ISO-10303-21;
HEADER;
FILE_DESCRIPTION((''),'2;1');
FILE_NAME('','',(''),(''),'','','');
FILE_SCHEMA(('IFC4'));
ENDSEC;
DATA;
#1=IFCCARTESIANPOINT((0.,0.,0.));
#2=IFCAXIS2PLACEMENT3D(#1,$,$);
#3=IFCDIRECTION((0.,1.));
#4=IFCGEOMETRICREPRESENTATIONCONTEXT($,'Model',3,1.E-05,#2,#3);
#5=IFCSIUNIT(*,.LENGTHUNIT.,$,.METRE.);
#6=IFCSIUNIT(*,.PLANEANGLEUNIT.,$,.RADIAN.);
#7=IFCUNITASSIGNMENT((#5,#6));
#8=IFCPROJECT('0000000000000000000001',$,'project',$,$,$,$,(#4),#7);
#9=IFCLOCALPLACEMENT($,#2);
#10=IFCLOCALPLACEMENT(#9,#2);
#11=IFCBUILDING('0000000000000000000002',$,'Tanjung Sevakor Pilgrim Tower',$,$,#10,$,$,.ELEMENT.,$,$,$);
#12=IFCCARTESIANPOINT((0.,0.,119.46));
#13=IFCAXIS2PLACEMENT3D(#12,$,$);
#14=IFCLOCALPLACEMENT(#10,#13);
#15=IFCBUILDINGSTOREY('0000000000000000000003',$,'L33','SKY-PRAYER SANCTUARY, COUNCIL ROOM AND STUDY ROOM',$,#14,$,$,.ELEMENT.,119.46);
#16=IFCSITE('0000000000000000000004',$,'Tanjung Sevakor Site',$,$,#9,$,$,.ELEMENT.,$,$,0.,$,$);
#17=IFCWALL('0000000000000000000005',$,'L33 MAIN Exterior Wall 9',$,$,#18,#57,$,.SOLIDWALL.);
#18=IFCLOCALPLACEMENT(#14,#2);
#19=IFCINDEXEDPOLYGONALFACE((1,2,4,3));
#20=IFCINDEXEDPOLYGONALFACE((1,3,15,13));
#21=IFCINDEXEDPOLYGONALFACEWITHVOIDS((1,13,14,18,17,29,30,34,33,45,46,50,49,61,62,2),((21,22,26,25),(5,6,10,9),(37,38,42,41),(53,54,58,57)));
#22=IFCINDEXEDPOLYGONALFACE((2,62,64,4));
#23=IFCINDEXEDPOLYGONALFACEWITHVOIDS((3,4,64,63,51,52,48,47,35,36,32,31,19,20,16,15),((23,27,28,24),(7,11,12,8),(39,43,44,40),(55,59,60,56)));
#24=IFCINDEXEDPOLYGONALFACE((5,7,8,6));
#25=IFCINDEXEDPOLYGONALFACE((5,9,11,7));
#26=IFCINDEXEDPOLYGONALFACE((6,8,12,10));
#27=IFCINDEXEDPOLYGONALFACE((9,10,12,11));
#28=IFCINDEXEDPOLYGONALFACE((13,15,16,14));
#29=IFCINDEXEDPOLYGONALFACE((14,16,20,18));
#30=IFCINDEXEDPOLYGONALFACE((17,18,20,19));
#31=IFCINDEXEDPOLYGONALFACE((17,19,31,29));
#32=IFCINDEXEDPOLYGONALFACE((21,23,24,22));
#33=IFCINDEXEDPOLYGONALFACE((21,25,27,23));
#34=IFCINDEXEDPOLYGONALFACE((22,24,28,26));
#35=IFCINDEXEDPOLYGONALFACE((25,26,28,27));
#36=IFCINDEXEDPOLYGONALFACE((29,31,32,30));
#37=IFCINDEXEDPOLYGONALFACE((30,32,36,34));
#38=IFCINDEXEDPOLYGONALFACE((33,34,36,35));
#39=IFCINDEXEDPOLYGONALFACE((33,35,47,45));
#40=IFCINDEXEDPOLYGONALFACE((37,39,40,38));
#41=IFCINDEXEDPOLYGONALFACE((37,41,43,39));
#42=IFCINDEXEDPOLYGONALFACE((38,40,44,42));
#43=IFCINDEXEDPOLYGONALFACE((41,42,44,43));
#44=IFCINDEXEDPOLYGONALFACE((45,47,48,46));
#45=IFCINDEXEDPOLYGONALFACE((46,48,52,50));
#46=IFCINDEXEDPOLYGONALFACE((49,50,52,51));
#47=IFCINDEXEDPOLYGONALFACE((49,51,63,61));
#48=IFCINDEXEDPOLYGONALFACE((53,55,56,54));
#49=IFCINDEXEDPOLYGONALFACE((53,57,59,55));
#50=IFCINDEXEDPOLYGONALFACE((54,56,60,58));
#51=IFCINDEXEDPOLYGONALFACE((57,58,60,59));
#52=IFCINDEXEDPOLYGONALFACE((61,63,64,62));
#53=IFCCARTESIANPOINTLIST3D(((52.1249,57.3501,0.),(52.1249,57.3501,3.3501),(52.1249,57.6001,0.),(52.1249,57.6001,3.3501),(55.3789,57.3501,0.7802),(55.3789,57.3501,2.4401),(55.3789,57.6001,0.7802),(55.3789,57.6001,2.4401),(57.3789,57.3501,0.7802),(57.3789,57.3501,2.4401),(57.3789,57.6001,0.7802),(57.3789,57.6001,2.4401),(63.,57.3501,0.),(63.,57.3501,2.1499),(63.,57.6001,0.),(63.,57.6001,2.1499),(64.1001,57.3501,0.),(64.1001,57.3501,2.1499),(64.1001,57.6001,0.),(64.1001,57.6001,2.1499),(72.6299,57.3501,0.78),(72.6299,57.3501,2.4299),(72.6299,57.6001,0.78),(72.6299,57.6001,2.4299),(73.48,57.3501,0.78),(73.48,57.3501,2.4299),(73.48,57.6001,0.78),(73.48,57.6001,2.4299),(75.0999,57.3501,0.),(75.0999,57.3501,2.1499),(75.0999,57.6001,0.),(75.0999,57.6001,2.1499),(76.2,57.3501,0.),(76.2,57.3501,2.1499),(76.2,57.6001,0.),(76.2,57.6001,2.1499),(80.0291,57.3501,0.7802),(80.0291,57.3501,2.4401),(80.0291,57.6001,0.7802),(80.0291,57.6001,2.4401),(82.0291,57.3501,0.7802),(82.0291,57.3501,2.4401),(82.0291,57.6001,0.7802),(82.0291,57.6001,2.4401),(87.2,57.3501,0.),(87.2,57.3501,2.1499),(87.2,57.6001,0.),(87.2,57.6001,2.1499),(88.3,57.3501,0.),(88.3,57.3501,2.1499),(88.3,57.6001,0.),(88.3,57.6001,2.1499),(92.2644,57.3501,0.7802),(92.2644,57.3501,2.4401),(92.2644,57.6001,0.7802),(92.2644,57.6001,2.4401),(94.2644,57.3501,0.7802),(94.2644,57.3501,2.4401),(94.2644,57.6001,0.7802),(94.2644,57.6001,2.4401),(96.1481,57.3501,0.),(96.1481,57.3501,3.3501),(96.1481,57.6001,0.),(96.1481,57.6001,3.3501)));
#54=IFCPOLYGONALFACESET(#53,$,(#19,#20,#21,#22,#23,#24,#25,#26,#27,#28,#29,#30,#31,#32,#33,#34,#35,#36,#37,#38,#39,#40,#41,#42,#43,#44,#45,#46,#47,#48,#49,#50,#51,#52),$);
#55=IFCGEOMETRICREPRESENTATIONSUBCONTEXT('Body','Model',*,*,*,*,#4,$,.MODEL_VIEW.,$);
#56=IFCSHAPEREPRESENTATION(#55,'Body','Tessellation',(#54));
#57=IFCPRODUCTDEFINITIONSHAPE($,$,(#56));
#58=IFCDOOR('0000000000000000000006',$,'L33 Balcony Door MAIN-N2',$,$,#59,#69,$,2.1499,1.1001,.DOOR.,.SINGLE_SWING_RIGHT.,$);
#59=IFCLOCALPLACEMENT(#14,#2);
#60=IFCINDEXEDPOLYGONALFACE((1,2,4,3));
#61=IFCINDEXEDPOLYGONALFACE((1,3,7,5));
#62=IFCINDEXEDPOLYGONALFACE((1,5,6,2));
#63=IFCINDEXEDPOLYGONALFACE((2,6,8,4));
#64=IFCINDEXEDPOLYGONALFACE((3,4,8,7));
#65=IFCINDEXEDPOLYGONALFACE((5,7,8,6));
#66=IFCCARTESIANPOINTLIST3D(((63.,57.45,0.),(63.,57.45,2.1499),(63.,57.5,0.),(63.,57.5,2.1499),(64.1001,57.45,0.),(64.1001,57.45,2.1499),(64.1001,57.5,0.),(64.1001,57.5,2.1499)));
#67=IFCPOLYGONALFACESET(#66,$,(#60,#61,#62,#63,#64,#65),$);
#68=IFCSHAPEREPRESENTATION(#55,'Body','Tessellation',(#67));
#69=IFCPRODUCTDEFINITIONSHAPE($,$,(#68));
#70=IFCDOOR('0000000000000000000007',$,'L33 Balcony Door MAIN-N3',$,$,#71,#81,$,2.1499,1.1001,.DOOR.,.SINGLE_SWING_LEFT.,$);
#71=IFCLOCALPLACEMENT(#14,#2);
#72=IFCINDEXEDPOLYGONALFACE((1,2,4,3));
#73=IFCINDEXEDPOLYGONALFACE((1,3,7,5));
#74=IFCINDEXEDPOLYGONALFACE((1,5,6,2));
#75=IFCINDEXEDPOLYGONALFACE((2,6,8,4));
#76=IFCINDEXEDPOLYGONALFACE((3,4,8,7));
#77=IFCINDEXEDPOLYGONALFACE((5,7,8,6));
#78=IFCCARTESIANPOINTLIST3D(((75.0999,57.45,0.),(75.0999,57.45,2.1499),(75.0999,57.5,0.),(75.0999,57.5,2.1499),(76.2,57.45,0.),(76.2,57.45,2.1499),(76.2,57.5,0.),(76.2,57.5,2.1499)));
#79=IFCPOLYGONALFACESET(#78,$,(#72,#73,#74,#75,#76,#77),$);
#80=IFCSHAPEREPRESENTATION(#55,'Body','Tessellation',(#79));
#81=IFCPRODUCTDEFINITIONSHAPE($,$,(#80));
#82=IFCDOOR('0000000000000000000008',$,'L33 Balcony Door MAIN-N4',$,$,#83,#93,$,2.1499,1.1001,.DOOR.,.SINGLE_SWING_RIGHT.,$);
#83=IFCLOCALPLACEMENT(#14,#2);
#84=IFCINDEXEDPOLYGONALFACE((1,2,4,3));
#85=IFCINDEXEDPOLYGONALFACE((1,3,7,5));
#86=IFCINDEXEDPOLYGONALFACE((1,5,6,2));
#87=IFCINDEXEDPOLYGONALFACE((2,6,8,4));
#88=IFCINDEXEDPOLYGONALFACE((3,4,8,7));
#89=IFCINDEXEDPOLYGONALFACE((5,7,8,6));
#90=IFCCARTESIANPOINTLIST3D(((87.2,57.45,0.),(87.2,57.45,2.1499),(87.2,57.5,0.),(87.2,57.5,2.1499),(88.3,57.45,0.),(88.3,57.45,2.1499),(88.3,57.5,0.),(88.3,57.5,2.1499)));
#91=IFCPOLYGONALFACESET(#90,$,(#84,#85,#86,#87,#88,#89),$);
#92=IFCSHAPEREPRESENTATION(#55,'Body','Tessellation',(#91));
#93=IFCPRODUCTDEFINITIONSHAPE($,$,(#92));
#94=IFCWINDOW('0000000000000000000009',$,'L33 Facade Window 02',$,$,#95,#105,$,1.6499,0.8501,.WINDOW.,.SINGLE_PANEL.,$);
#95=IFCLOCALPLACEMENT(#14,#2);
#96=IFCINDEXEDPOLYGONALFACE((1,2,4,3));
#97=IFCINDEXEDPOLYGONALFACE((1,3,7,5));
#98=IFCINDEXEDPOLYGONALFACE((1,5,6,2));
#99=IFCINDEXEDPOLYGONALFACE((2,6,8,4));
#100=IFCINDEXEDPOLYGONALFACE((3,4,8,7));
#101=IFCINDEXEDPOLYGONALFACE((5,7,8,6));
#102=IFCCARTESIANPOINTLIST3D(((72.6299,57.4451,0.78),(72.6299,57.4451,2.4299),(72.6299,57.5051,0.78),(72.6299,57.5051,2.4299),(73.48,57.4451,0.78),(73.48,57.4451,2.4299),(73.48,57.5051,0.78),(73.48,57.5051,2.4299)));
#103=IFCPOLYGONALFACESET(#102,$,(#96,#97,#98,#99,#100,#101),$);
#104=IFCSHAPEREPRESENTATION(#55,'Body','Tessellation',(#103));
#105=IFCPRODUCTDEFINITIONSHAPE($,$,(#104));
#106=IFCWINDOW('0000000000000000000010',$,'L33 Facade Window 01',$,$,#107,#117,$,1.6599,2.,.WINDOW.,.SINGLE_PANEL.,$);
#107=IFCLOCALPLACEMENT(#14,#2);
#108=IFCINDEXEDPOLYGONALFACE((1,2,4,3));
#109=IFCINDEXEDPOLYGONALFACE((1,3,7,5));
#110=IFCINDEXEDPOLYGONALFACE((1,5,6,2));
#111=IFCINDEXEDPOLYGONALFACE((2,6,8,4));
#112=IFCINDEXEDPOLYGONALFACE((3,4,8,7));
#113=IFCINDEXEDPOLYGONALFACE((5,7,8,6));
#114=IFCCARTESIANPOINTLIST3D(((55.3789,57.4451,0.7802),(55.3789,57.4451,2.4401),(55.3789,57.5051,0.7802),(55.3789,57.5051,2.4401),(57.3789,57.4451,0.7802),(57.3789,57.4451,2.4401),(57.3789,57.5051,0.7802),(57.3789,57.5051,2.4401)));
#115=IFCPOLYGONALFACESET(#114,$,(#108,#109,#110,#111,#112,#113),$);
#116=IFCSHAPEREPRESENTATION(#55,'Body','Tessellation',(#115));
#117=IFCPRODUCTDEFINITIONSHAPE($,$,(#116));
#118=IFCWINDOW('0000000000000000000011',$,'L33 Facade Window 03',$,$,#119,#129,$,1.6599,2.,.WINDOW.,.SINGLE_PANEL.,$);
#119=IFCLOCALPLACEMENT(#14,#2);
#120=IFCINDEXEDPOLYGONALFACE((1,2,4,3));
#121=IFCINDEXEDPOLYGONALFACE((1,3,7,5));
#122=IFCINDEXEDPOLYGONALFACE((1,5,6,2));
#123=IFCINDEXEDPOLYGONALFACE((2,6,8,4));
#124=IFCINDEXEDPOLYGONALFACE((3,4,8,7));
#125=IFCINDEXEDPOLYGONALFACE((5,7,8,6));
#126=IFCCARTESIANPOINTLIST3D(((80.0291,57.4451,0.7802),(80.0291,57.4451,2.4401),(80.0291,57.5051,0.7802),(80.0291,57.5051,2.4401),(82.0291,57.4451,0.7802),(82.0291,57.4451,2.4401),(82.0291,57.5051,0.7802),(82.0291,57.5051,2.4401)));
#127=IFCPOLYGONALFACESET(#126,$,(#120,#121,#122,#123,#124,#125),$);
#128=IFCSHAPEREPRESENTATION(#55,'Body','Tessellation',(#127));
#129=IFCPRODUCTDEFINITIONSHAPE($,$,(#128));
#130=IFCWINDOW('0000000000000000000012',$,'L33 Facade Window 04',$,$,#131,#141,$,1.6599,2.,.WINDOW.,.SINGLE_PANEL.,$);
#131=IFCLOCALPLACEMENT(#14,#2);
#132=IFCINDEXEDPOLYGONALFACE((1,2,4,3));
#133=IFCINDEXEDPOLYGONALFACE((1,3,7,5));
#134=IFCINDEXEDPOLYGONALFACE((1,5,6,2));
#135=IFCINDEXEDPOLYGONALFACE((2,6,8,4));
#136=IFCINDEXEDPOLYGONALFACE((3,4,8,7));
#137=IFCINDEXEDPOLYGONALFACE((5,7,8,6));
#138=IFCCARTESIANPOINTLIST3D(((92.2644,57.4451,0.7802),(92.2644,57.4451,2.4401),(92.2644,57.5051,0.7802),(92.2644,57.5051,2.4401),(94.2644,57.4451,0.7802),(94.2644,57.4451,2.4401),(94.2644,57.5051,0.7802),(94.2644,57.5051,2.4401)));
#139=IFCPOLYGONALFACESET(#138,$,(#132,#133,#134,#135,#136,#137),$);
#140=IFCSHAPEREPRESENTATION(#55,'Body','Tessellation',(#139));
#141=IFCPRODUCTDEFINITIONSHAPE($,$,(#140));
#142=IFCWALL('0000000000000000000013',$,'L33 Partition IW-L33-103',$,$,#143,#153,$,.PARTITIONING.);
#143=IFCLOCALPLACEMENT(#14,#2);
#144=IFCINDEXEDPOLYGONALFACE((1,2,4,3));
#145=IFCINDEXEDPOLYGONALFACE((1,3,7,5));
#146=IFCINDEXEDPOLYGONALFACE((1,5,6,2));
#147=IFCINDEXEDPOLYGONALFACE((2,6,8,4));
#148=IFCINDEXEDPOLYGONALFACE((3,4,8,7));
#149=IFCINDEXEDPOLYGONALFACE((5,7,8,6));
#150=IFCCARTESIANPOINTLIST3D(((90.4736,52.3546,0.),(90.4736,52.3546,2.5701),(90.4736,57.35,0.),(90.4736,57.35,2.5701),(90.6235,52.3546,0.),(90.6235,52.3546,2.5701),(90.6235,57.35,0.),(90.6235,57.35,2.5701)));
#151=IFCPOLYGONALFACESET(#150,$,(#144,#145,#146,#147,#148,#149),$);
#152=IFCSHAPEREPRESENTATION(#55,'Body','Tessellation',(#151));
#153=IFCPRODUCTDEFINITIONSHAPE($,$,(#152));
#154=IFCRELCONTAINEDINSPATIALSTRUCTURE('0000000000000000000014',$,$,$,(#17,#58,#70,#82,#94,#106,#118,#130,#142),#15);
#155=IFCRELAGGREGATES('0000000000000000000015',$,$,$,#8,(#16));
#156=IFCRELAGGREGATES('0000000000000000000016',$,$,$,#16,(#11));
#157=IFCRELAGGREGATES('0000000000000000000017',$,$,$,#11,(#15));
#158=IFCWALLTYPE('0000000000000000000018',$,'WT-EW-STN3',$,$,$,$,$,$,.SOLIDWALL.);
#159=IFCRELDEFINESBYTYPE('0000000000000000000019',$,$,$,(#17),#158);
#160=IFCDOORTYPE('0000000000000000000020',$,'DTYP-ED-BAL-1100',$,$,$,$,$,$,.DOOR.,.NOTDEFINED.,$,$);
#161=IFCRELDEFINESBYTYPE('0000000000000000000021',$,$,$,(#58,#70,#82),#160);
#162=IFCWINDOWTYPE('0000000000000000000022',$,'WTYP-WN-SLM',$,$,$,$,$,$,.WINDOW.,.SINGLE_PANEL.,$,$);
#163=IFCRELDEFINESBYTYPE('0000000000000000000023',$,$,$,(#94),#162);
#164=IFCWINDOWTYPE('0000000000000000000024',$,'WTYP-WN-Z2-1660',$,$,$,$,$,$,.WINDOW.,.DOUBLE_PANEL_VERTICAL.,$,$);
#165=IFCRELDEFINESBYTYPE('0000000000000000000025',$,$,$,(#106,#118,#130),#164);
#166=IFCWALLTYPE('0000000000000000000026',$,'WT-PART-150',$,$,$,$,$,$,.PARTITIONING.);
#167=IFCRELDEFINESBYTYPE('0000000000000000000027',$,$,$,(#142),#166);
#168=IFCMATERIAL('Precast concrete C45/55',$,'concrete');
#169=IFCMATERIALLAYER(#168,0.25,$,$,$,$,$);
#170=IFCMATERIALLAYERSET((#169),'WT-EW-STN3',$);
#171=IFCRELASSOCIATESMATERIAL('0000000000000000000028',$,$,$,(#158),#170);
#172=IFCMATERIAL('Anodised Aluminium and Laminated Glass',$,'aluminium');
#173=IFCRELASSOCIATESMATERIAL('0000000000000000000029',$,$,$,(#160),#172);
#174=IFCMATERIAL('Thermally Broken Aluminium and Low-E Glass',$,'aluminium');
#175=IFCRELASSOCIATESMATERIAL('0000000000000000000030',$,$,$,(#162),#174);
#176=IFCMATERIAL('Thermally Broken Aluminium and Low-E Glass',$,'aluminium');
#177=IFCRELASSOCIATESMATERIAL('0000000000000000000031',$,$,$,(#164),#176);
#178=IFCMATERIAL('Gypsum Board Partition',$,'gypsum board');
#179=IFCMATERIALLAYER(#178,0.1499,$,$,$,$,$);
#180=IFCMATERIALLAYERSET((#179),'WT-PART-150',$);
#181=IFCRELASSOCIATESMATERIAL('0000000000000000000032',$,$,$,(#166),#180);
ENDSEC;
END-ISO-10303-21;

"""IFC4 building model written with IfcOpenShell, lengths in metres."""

from ifc_helpers import new_model, si_unit, direction, frame, frame_2d, origin, place, context, subcontext, project, spatial, rectangle, extrude, material, layer, layer_set, type_object, element, fill, save


model = new_model("IFC4")

# Units and contexts
model_context = context("Model", 3, precision=1e-05, world=origin(), true_north=direction((0.0, 1.0)))
body_context = subcontext(model_context, "Body", "Model", "MODEL_VIEW")
ifc_project = project(units=[si_unit("LENGTHUNIT", "METRE"), si_unit("PLANEANGLEUNIT", "RADIAN")], contexts=[model_context])

# Site, building, storey
site_placement = place(None, origin())
site = spatial("IfcSite", under=ifc_project, at=site_placement, Name="Tanjung Sevakor Site", CompositionType="ELEMENT", RefElevation=0.0)
building_placement = place(site_placement, origin())
building = spatial("IfcBuilding", under=site, at=building_placement, Name="Tanjung Sevakor Pilgrim Tower", CompositionType="ELEMENT")
storey_placement = place(building_placement, frame((0.0, 0.0, 119.46)))
storey = spatial("IfcBuildingStorey", under=building, at=storey_placement, Name="L33", Description="SKY-PRAYER SANCTUARY, COUNCIL ROOM AND STUDY ROOM", CompositionType="ELEMENT", Elevation=119.46)

# Shared definitions
ifc_material_1 = material(Name="Precast concrete C45/55", Category="concrete")
ifc_layer_1 = layer(ifc_material_1, 0.25)
ifc_layer_set_1 = layer_set([ifc_layer_1], Name="WT-EW-STN3")
wall_type_1 = type_object("IfcWallType", Name="WT-EW-STN3", PredefinedType="SOLIDWALL", material=ifc_layer_set_1)

# Wall, openings, doors, windows
wall_1_placement = place(storey_placement, frame((96.1482, 57.4751, 0.0), z_axis=(0.0, 0.0, 1.0), x_axis=(-1.0, 0.0, 0.0)))
wall_1 = element("IfcWall", 1, at=wall_1_placement, inside=storey, type_object=wall_type_1, Name="L33 MAIN Exterior Wall 9", PredefinedType="SOLIDWALL", context=body_context, shape_type="SweptSolid", body=[
    extrude(rectangle(XDim=44.0232, YDim=0.25, at=frame_2d((22.0117, 0.0))), origin(), (0.0, 0.0, 1.0), 3.3501),
])
opening_1_placement = place(wall_1_placement, frame((32.0481, 0.0, 0.0)))
opening_1 = element("IfcOpeningElement", 2, at=opening_1_placement, cuts=wall_1, PredefinedType="OPENING", context=body_context, shape_type="SweptSolid", body=[
    extrude(rectangle(XDim=1.1001, YDim=2.1499, at=frame_2d((0.55, 1.075))), frame((0.0, 0.135, 0.0), z_axis=(0.0, -1.0, 0.0), x_axis=(1.0, 0.0, 0.0)), (0.0, 0.0, 1.0), 0.27),
])
opening_2_placement = place(wall_1_placement, frame((19.9482, 0.0, 0.0)))
opening_2 = element("IfcOpeningElement", 3, at=opening_2_placement, cuts=wall_1, PredefinedType="OPENING", context=body_context, shape_type="SweptSolid", body=[
    extrude(rectangle(XDim=1.1001, YDim=2.1499, at=frame_2d((0.55, 1.075))), frame((0.0, 0.135, 0.0), z_axis=(0.0, -1.0, 0.0), x_axis=(1.0, 0.0, 0.0)), (0.0, 0.0, 1.0), 0.27),
])
opening_3_placement = place(wall_1_placement, frame((7.8481, 0.0, 0.0)))
opening_3 = element("IfcOpeningElement", 4, at=opening_3_placement, cuts=wall_1, PredefinedType="OPENING", context=body_context, shape_type="SweptSolid", body=[
    extrude(rectangle(XDim=1.1001, YDim=2.1499, at=frame_2d((0.55, 1.075))), frame((0.0, 0.135, 0.0), z_axis=(0.0, -1.0, 0.0), x_axis=(1.0, 0.0, 0.0)), (0.0, 0.0, 1.0), 0.27),
])
opening_4_placement = place(wall_1_placement, frame((38.7693, 0.0, 0.78)))
opening_4 = element("IfcOpeningElement", 5, at=opening_4_placement, cuts=wall_1, PredefinedType="OPENING", context=body_context, shape_type="SweptSolid", body=[
    extrude(rectangle(XDim=2.0, YDim=1.6599, at=frame_2d((1.0, 0.8301))), frame((0.0, 0.135, 0.0), z_axis=(0.0, -1.0, 0.0), x_axis=(1.0, 0.0, 0.0)), (0.0, 0.0, 1.0), 0.27),
])
opening_5_placement = place(wall_1_placement, frame((22.6682, 0.0, 0.78)))
opening_5 = element("IfcOpeningElement", 6, at=opening_5_placement, cuts=wall_1, PredefinedType="OPENING", context=body_context, shape_type="SweptSolid", body=[
    extrude(rectangle(XDim=0.8501, YDim=1.6499, at=frame_2d((0.425, 0.825))), frame((0.0, 0.135, 0.0), z_axis=(0.0, -1.0, 0.0), x_axis=(1.0, 0.0, 0.0)), (0.0, 0.0, 1.0), 0.27),
])
opening_6_placement = place(wall_1_placement, frame((14.1191, 0.0, 0.78)))
opening_6 = element("IfcOpeningElement", 7, at=opening_6_placement, cuts=wall_1, PredefinedType="OPENING", context=body_context, shape_type="SweptSolid", body=[
    extrude(rectangle(XDim=2.0, YDim=1.6599, at=frame_2d((1.0, 0.8301))), frame((0.0, 0.135, 0.0), z_axis=(0.0, -1.0, 0.0), x_axis=(1.0, 0.0, 0.0)), (0.0, 0.0, 1.0), 0.27),
])
opening_7_placement = place(wall_1_placement, frame((1.8838, 0.0, 0.78)))
opening_7 = element("IfcOpeningElement", 8, at=opening_7_placement, cuts=wall_1, PredefinedType="OPENING", context=body_context, shape_type="SweptSolid", body=[
    extrude(rectangle(XDim=2.0, YDim=1.6599, at=frame_2d((1.0, 0.8301))), frame((0.0, 0.135, 0.0), z_axis=(0.0, -1.0, 0.0), x_axis=(1.0, 0.0, 0.0)), (0.0, 0.0, 1.0), 0.27),
])
ifc_material_2 = material(Name="Anodised Aluminium and Laminated Glass", Category="aluminium")
door_type = type_object("IfcDoorType", Name="DTYP-ED-BAL-1100", OperationType="NOTDEFINED", PredefinedType="DOOR", material=ifc_material_2)
door_1_placement = place(opening_1_placement, frame((1.1001, 0.0, 0.0), z_axis=(0.0, 0.0, 1.0), x_axis=(-1.0, 0.0, 0.0)))
door_1 = element("IfcDoor", 9, at=door_1_placement, inside=storey, type_object=door_type, Name="L33 Balcony Door MAIN-N2", OperationType="SINGLE_SWING_RIGHT", OverallHeight=2.1499, OverallWidth=1.1001, PredefinedType="DOOR", context=body_context, shape_type="SweptSolid", body=[
    extrude(rectangle(XDim=1.1001, YDim=2.1499, at=frame_2d((0.55, 1.075))), frame((0.0, 0.0249, 0.0), z_axis=(0.0, -1.0, 0.0), x_axis=(1.0, 0.0, 0.0)), (0.0, 0.0, 1.0), 0.05),
])
fill(opening_1, door_1)
door_2_placement = place(opening_2_placement, frame((1.1001, 0.0, 0.0), z_axis=(0.0, 0.0, 1.0), x_axis=(-1.0, 0.0, 0.0)))
door_2 = element("IfcDoor", 10, at=door_2_placement, inside=storey, type_object=door_type, Name="L33 Balcony Door MAIN-N3", OperationType="SINGLE_SWING_LEFT", OverallHeight=2.1499, OverallWidth=1.1001, PredefinedType="DOOR", context=body_context, shape_type="SweptSolid", body=[
    extrude(rectangle(XDim=1.1001, YDim=2.1499, at=frame_2d((0.55, 1.075))), frame((0.0, 0.0249, 0.0), z_axis=(0.0, -1.0, 0.0), x_axis=(1.0, 0.0, 0.0)), (0.0, 0.0, 1.0), 0.05),
])
fill(opening_2, door_2)
door_3_placement = place(opening_3_placement, frame((1.1001, 0.0, 0.0), z_axis=(0.0, 0.0, 1.0), x_axis=(-1.0, 0.0, 0.0)))
door_3 = element("IfcDoor", 11, at=door_3_placement, inside=storey, type_object=door_type, Name="L33 Balcony Door MAIN-N4", OperationType="SINGLE_SWING_RIGHT", OverallHeight=2.1499, OverallWidth=1.1001, PredefinedType="DOOR", context=body_context, shape_type="SweptSolid", body=[
    extrude(rectangle(XDim=1.1001, YDim=2.1499, at=frame_2d((0.55, 1.075))), frame((0.0, 0.0249, 0.0), z_axis=(0.0, -1.0, 0.0), x_axis=(1.0, 0.0, 0.0)), (0.0, 0.0, 1.0), 0.05),
])
fill(opening_3, door_3)
ifc_material_3 = material(Name="Thermally Broken Aluminium and Low-E Glass", Category="aluminium")
window_type_1 = type_object("IfcWindowType", Name="WTYP-WN-SLM", PartitioningType="SINGLE_PANEL", PredefinedType="WINDOW", material=ifc_material_3)
window_1_placement = place(opening_5_placement, origin())
window_1 = element("IfcWindow", 12, at=window_1_placement, inside=storey, type_object=window_type_1, Name="L33 Facade Window 02", OverallHeight=1.6499, OverallWidth=0.8501, PartitioningType="SINGLE_PANEL", PredefinedType="WINDOW", context=body_context, shape_type="SweptSolid", body=[
    extrude(rectangle(XDim=0.8501, YDim=1.6499, at=frame_2d((0.425, 0.825))), frame((0.0, 0.03, 0.0), z_axis=(0.0, -1.0, 0.0), x_axis=(1.0, 0.0, 0.0)), (0.0, 0.0, 1.0), 0.0601),
])
fill(opening_5, window_1)
ifc_material_4 = material(Name="Thermally Broken Aluminium and Low-E Glass", Category="aluminium")
window_type_2 = type_object("IfcWindowType", Name="WTYP-WN-Z2-1660", PartitioningType="DOUBLE_PANEL_VERTICAL", PredefinedType="WINDOW", material=ifc_material_4)
window_2_placement = place(opening_4_placement, origin())
window_2 = element("IfcWindow", 13, at=window_2_placement, inside=storey, type_object=window_type_2, Name="L33 Facade Window 01", OverallHeight=1.6599, OverallWidth=2.0, PartitioningType="SINGLE_PANEL", PredefinedType="WINDOW", context=body_context, shape_type="SweptSolid", body=[
    extrude(rectangle(XDim=2.0, YDim=1.6599, at=frame_2d((1.0, 0.8301))), frame((0.0, 0.03, 0.0), z_axis=(0.0, -1.0, 0.0), x_axis=(1.0, 0.0, 0.0)), (0.0, 0.0, 1.0), 0.0601),
])
fill(opening_4, window_2)
window_3_placement = place(opening_6_placement, origin())
window_3 = element("IfcWindow", 14, at=window_3_placement, inside=storey, type_object=window_type_2, Name="L33 Facade Window 03", OverallHeight=1.6599, OverallWidth=2.0, PartitioningType="SINGLE_PANEL", PredefinedType="WINDOW", context=body_context, shape_type="SweptSolid", body=[
    extrude(rectangle(XDim=2.0, YDim=1.6599, at=frame_2d((1.0, 0.8301))), frame((0.0, 0.03, 0.0), z_axis=(0.0, -1.0, 0.0), x_axis=(1.0, 0.0, 0.0)), (0.0, 0.0, 1.0), 0.0601),
])
fill(opening_6, window_3)
window_4_placement = place(opening_7_placement, origin())
window_4 = element("IfcWindow", 15, at=window_4_placement, inside=storey, type_object=window_type_2, Name="L33 Facade Window 04", OverallHeight=1.6599, OverallWidth=2.0, PartitioningType="SINGLE_PANEL", PredefinedType="WINDOW", context=body_context, shape_type="SweptSolid", body=[
    extrude(rectangle(XDim=2.0, YDim=1.6599, at=frame_2d((1.0, 0.8301))), frame((0.0, 0.03, 0.0), z_axis=(0.0, -1.0, 0.0), x_axis=(1.0, 0.0, 0.0)), (0.0, 0.0, 1.0), 0.0601),
])
fill(opening_7, window_4)

# Wall
ifc_material_5 = material(Name="Gypsum Board Partition", Category="gypsum board")
ifc_layer_2 = layer(ifc_material_5, 0.1499)
ifc_layer_set_2 = layer_set([ifc_layer_2], Name="WT-PART-150")
wall_type_2 = type_object("IfcWallType", Name="WT-PART-150", PredefinedType="PARTITIONING", material=ifc_layer_set_2)
wall_2_placement = place(storey_placement, frame((90.5486, 52.3547, 0.0), z_axis=(0.0, 0.0, 1.0), x_axis=(0.0, 1.0, 0.0)))
element("IfcWall", 16, at=wall_2_placement, inside=storey, type_object=wall_type_2, Name="L33 Partition IW-L33-103", PredefinedType="PARTITIONING", context=body_context, shape_type="SweptSolid", body=[
    extrude(rectangle(XDim=4.9954, YDim=0.1499, at=frame_2d((2.4976, 0.0))), origin(), (0.0, 0.0, 1.0), 2.5701),
])

save(model, "model.ifc")
